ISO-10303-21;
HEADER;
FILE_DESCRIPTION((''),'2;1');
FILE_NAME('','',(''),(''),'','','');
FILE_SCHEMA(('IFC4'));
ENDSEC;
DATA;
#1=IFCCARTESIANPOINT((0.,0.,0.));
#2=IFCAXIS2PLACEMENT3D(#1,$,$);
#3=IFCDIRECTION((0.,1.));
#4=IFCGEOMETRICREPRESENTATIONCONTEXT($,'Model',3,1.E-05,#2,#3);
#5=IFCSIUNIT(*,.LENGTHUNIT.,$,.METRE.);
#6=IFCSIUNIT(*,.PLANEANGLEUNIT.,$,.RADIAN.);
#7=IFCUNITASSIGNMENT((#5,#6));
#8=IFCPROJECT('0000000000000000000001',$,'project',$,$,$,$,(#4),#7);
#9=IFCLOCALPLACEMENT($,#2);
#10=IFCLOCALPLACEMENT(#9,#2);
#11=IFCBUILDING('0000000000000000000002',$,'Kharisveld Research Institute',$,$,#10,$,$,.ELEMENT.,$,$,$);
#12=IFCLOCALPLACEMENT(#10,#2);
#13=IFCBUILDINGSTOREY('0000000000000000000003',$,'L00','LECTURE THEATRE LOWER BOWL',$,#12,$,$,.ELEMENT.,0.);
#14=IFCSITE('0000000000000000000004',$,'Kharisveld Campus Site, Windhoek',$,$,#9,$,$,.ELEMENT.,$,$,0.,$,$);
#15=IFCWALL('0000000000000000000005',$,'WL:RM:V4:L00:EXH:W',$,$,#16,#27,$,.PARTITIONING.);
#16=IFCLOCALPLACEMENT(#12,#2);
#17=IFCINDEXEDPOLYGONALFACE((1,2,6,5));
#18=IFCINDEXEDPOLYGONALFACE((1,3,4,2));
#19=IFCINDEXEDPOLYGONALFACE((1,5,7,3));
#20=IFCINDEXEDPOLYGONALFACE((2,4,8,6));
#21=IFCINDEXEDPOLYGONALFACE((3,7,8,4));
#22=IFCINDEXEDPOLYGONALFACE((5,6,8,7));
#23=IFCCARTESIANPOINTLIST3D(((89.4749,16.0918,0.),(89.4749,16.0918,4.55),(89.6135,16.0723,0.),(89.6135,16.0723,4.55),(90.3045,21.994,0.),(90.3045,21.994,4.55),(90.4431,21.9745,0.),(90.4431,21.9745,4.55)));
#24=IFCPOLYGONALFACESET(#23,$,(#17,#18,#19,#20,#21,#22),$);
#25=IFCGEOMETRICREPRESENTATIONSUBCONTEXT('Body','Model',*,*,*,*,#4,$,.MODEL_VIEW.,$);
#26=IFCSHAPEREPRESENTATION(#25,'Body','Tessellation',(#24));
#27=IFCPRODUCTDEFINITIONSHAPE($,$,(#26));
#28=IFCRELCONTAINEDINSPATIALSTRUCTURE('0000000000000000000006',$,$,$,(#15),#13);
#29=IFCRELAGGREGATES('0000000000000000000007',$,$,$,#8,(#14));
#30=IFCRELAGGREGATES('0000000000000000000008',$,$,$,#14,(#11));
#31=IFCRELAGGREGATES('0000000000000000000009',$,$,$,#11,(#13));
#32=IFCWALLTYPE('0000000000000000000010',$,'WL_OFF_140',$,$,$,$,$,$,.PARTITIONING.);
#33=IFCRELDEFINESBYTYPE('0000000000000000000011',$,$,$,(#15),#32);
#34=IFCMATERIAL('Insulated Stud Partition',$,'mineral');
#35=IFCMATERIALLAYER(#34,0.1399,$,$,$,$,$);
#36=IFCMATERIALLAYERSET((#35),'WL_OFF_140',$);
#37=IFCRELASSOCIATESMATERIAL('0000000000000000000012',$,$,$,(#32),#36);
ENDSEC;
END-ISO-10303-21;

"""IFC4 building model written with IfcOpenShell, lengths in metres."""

from ifc_helpers import new_model, si_unit, direction, frame, frame_2d, origin, place, context, subcontext, project, spatial, rectangle, extrude, material, layer, layer_set, type_object, element, save


model = new_model("IFC4")

# Units and contexts
model_context = context("Model", 3, precision=1e-05, world=origin(), true_north=direction((0.0, 1.0)))
body_context = subcontext(model_context, "Body", "Model", "MODEL_VIEW")
ifc_project = project(units=[si_unit("LENGTHUNIT", "METRE"), si_unit("PLANEANGLEUNIT", "RADIAN")], contexts=[model_context])

# Site, building, storey
site_placement = place(None, origin())
site = spatial("IfcSite", under=ifc_project, at=site_placement, Name="Kharisveld Campus Site, Windhoek", CompositionType="ELEMENT", RefElevation=0.0)
building_placement = place(site_placement, origin())
building = spatial("IfcBuilding", under=site, at=building_placement, Name="Kharisveld Research Institute", CompositionType="ELEMENT")
storey_placement = place(building_placement, origin())
storey = spatial("IfcBuildingStorey", under=building, at=storey_placement, Name="L00", Description="LECTURE THEATRE LOWER BOWL", CompositionType="ELEMENT", Elevation=0.0)

# Shared definitions
ifc_material_1 = material(Name="Insulated Stud Partition", Category="mineral")
ifc_layer_1 = layer(ifc_material_1, 0.1399)
ifc_layer_set_1 = layer_set([ifc_layer_1], Name="WL_OFF_140")
wall_type_1 = type_object("IfcWallType", Name="WL_OFF_140", PredefinedType="PARTITIONING", material=ifc_layer_set_1)

# Wall
wall_1_placement = place(storey_placement, frame((90.3738, 21.9841, 0.0), z_axis=(0.0, 0.0, 1.0), x_axis=(-0.13919, -0.990266, 0.0)))
element("IfcWall", 1, at=wall_1_placement, inside=storey, type_object=wall_type_1, Name="WL:RM:V4:L00:EXH:W", PredefinedType="PARTITIONING", context=body_context, shape_type="SweptSolid", body=[
    extrude(rectangle(XDim=5.9602, YDim=0.1399, at=frame_2d((2.98, 0.0))), origin(), (0.0, 0.0, 1.0), 4.55),
])

save(model, "model.ifc")
